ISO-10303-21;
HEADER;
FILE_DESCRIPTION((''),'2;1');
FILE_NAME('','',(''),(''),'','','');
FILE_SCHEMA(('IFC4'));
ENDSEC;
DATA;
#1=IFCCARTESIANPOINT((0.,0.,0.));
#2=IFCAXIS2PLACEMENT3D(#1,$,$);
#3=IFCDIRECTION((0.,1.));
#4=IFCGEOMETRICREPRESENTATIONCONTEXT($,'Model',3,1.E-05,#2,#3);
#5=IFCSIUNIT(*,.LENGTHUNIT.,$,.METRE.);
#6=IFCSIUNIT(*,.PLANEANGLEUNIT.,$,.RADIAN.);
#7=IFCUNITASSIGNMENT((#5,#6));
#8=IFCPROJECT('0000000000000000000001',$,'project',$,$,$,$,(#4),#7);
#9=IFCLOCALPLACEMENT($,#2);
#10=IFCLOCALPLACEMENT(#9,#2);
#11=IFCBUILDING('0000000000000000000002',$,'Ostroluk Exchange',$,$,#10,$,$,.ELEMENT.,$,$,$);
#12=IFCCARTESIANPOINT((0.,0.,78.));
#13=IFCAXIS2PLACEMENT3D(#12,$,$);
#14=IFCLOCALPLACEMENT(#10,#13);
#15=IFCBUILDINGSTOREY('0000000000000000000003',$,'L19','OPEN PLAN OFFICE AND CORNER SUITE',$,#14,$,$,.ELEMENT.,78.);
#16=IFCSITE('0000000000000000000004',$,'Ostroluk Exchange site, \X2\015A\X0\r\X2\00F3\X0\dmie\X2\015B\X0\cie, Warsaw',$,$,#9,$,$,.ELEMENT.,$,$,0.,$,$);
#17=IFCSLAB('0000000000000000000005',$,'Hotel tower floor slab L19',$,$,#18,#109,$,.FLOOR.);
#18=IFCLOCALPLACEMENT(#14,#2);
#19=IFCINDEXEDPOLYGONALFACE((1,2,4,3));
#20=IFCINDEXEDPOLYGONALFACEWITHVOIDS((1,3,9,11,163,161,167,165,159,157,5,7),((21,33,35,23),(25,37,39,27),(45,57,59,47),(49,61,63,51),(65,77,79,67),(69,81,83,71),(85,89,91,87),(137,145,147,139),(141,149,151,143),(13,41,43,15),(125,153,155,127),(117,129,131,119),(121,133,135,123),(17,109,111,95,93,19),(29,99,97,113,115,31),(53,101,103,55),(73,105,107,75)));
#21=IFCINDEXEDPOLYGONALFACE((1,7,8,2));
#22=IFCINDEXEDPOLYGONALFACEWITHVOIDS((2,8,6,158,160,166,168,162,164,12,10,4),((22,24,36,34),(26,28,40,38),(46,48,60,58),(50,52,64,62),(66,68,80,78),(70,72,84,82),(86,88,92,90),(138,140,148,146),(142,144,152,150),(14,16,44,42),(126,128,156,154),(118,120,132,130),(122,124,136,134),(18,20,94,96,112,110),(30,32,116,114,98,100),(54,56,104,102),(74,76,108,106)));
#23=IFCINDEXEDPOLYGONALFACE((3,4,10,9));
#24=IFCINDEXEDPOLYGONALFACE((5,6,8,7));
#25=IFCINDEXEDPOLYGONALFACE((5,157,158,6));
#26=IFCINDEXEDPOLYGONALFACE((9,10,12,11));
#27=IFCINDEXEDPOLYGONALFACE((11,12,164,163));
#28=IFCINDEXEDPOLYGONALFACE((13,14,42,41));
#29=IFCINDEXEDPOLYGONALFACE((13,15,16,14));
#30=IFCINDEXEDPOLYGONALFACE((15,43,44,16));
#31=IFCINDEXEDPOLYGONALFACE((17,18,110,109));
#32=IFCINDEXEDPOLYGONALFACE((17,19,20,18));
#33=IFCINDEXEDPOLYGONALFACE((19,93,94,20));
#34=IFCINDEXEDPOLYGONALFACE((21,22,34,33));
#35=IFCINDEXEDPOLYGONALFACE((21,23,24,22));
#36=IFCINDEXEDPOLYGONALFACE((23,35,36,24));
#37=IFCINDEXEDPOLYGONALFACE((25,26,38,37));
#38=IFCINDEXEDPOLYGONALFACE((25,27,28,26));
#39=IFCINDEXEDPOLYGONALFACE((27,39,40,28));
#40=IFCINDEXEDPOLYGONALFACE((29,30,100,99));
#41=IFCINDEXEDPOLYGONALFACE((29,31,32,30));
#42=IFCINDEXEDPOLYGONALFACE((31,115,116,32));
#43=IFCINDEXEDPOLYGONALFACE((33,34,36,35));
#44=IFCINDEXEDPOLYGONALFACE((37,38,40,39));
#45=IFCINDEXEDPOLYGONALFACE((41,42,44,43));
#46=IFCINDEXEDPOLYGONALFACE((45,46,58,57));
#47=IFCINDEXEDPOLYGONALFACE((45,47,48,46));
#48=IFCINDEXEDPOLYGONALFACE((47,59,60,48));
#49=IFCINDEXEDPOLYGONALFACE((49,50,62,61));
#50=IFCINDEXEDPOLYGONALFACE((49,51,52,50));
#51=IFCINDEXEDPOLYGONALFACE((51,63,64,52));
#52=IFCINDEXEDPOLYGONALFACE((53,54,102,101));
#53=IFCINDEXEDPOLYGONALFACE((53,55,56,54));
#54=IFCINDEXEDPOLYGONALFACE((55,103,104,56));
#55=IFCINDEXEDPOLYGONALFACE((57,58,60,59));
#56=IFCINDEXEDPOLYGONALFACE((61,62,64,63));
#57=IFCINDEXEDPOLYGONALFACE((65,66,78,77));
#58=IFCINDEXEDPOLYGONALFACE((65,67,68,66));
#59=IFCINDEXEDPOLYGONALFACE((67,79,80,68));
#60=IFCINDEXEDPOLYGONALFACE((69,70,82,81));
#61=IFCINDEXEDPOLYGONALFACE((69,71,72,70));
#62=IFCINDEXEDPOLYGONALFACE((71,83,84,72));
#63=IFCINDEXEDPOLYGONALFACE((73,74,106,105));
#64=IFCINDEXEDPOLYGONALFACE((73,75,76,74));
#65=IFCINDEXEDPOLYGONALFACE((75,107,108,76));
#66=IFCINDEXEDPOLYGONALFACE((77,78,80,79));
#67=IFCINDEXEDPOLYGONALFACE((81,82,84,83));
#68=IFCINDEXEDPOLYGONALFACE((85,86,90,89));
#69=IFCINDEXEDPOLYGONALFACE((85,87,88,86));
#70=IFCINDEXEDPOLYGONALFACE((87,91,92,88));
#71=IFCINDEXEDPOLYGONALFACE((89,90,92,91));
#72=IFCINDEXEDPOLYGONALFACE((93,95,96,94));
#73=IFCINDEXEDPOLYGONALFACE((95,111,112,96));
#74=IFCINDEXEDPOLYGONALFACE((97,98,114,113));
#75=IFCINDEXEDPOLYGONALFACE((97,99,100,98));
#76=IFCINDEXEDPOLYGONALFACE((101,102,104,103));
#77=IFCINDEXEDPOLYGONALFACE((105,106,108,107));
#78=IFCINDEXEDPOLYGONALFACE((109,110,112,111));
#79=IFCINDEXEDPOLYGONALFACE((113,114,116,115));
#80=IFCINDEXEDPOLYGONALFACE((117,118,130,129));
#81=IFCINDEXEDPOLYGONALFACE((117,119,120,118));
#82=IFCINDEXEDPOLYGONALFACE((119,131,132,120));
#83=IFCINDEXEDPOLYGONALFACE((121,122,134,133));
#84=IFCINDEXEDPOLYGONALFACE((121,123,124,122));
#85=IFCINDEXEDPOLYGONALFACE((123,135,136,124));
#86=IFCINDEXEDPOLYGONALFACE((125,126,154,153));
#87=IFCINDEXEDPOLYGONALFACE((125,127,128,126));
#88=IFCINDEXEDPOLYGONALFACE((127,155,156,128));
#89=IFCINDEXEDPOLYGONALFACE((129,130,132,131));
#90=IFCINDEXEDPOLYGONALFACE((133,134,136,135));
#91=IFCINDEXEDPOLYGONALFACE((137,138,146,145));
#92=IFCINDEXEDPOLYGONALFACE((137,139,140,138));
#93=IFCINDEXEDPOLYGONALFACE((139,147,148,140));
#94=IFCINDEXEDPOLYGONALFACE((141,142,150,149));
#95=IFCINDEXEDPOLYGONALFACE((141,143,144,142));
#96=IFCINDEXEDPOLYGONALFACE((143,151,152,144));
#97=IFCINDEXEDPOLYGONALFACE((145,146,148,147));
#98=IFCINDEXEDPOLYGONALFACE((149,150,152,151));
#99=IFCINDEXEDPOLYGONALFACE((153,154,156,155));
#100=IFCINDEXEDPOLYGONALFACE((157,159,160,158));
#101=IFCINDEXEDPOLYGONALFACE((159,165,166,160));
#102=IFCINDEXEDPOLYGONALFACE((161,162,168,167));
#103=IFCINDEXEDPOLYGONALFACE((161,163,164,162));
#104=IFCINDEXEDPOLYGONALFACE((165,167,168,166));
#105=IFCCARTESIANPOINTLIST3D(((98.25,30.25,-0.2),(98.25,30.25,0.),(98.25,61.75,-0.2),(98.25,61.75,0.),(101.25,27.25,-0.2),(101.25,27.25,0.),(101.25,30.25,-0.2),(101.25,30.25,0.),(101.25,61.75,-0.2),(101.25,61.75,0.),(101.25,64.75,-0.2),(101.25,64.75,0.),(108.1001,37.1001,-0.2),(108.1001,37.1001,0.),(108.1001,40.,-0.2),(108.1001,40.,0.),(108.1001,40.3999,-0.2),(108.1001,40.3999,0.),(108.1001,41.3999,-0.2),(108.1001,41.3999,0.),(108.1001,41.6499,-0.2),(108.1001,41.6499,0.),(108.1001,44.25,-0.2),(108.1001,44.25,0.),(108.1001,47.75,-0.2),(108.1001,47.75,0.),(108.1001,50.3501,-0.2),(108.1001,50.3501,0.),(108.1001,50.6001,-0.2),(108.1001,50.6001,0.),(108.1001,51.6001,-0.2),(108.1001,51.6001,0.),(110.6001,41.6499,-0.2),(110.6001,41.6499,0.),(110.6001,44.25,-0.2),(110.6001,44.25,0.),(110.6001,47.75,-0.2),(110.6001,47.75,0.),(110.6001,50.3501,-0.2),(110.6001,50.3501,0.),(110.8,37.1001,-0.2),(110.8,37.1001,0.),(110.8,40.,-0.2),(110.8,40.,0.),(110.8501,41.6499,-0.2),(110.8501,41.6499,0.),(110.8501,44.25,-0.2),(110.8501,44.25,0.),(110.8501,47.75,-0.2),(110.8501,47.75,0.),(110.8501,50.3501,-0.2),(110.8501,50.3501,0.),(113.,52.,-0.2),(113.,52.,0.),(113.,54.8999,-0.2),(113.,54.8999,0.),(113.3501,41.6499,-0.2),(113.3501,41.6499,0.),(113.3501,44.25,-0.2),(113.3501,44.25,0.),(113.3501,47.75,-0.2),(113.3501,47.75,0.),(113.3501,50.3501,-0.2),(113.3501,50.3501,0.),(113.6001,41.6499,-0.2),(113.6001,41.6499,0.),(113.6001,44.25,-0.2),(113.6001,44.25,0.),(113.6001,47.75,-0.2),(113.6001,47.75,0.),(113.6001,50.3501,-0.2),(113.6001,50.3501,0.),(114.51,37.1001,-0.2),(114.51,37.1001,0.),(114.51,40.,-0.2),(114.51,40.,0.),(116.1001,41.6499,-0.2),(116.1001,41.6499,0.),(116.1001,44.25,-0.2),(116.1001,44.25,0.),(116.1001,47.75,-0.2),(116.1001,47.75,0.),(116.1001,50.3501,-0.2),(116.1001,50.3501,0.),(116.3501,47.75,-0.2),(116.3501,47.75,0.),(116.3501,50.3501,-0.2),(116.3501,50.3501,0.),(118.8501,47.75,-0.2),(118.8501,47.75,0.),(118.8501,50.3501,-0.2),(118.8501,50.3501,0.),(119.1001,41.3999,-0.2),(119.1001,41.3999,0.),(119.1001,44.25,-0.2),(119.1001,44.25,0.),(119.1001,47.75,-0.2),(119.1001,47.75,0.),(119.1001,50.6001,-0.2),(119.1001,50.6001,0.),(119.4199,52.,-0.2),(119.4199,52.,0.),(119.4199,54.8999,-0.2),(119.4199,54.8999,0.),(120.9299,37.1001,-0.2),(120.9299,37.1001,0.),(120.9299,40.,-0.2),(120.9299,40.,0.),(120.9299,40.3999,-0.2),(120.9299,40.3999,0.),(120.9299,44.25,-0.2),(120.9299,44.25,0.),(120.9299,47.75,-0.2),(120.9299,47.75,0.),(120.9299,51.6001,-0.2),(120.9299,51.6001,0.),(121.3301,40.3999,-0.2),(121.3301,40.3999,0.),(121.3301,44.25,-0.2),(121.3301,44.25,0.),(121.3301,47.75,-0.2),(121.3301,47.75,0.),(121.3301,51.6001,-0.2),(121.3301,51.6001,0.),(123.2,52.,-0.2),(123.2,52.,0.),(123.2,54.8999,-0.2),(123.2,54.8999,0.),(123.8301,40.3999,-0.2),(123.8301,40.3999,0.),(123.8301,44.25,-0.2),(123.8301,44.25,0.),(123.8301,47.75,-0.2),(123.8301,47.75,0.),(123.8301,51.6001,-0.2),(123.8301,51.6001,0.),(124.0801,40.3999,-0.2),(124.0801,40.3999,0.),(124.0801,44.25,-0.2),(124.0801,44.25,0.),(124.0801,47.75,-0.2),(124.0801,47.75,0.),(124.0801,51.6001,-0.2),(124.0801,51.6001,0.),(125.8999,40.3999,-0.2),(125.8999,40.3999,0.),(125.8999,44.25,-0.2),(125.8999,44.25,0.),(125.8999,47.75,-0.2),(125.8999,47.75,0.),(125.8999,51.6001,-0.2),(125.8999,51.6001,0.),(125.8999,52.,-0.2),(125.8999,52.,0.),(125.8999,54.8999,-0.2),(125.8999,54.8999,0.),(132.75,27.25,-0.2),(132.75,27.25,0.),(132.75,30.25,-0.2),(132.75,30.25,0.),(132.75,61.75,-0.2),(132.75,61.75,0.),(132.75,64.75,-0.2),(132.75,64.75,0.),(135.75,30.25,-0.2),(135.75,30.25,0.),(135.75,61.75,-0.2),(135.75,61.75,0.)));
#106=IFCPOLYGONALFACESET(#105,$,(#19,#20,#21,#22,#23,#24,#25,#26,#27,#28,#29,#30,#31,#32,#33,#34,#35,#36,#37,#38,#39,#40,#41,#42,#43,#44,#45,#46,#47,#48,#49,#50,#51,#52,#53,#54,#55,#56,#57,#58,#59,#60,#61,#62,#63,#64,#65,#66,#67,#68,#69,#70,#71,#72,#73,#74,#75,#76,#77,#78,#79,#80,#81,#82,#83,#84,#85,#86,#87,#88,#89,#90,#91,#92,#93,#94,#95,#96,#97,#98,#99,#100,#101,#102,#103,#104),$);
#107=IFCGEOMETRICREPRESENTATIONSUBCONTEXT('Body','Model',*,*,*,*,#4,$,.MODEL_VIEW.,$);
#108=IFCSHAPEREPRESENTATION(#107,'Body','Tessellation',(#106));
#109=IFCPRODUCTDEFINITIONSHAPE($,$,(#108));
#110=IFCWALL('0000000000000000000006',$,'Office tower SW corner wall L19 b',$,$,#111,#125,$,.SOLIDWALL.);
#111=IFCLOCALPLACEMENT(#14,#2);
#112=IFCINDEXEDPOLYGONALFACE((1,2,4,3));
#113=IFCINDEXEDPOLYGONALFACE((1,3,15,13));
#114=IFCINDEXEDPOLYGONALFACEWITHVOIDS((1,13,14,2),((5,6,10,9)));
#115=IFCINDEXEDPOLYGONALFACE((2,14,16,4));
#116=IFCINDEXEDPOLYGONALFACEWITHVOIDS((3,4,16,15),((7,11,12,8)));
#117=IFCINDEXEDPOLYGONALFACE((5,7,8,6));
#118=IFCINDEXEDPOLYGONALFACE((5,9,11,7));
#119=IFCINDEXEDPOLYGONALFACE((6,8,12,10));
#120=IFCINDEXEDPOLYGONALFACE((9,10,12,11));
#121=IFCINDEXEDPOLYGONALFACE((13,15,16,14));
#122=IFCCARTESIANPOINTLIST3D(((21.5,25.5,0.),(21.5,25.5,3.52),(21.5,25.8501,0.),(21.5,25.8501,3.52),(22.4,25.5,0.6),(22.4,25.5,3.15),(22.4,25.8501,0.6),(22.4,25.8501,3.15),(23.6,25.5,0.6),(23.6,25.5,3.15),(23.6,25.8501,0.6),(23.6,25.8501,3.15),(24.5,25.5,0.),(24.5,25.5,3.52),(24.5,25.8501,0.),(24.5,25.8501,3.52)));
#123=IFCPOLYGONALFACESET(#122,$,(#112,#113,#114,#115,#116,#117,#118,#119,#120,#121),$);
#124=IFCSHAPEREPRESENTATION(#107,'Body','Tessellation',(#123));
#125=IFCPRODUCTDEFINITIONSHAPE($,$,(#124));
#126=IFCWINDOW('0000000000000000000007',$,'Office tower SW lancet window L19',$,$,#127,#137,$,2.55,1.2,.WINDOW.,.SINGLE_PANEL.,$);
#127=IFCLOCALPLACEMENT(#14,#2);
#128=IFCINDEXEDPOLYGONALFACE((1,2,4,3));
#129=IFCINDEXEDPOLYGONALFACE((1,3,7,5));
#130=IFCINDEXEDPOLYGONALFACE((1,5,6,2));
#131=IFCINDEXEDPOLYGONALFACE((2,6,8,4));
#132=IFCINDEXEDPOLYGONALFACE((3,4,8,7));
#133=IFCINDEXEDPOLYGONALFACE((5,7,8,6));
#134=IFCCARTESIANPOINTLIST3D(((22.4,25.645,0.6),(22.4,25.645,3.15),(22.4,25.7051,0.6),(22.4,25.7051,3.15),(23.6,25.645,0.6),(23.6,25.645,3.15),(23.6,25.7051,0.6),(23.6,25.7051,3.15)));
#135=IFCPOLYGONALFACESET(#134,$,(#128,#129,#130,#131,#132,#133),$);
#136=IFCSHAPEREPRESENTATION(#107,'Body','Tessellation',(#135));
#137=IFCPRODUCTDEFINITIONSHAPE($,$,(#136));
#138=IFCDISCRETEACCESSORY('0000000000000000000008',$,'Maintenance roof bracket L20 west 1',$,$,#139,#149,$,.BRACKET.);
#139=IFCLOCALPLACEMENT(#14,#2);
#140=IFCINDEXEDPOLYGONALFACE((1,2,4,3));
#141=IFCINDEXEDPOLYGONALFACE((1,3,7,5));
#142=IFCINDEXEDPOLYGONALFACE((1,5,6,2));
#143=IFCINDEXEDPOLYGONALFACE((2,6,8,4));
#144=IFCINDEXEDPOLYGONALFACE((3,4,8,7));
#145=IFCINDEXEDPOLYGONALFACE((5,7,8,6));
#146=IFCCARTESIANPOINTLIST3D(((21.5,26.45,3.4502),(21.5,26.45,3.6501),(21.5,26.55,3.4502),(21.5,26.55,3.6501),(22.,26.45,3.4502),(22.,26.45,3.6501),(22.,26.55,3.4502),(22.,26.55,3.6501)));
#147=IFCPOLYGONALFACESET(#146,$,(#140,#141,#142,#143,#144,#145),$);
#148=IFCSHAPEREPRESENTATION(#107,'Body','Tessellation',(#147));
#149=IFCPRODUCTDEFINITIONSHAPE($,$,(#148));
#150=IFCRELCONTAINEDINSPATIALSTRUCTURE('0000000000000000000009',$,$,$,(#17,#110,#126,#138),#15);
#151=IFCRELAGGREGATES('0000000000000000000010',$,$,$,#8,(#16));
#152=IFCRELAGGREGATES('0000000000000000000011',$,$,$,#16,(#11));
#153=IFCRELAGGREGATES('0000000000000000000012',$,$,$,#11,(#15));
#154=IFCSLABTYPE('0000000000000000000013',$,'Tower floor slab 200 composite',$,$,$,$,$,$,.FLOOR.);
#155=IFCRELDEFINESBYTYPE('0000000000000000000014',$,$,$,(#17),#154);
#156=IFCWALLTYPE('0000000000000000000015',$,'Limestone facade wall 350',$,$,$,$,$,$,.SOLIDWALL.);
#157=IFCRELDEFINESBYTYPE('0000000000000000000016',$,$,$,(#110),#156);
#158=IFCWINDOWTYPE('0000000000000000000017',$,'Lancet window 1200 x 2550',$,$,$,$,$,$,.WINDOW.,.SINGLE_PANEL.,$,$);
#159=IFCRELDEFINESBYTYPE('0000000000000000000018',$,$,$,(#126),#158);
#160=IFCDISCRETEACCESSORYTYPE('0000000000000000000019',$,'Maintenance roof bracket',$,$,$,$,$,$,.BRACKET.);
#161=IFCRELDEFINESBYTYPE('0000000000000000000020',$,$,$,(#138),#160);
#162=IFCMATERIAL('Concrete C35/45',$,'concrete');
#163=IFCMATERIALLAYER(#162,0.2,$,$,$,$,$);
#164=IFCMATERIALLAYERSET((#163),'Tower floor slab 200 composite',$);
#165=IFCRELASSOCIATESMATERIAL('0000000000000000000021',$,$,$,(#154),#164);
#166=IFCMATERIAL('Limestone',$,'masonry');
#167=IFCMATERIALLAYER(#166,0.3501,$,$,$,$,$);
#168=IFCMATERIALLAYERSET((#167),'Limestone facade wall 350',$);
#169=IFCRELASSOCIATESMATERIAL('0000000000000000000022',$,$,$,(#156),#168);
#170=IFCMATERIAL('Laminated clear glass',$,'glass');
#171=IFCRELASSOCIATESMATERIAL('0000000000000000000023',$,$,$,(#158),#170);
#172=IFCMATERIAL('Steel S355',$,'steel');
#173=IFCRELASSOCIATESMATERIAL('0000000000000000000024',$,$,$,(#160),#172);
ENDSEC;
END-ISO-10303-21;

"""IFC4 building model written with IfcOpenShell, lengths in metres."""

from ifc_helpers import new_model, si_unit, direction, frame, frame_2d, origin, origin_2d, place, context, subcontext, project, spatial, polyline, rectangle, outline, extrude, material, layer, layer_set, type_object, element, fill, save


model = new_model("IFC4")

# Units and contexts
model_context = context("Model", 3, precision=1e-05, world=origin(), true_north=direction((0.0, 1.0)))
body_context = subcontext(model_context, "Body", "Model", "MODEL_VIEW")
ifc_project = project(units=[si_unit("LENGTHUNIT", "METRE"), si_unit("PLANEANGLEUNIT", "RADIAN")], contexts=[model_context])

# Site, building, storey
site_placement = place(None, origin())
site = spatial("IfcSite", under=ifc_project, at=site_placement, Name="Ostroluk Exchange site, Śródmieście, Warsaw", CompositionType="ELEMENT", RefElevation=0.0)
building_placement = place(site_placement, origin())
building = spatial("IfcBuilding", under=site, at=building_placement, Name="Ostroluk Exchange", CompositionType="ELEMENT")
storey_placement = place(building_placement, frame((0.0, 0.0, 78.0)))
storey = spatial("IfcBuildingStorey", under=building, at=storey_placement, Name="L19", Description="OPEN PLAN OFFICE AND CORNER SUITE", CompositionType="ELEMENT", Elevation=78.0)

# Slab
ifc_material_1 = material(Name="Concrete C35/45", Category="concrete")
ifc_layer_1 = layer(ifc_material_1, 0.2)
ifc_layer_set_1 = layer_set([ifc_layer_1], Name="Tower floor slab 200 composite")
slab_type_1 = type_object("IfcSlabType", Name="Tower floor slab 200 composite", PredefinedType="FLOOR", material=ifc_layer_set_1)
slab_1_placement = place(storey_placement, frame((0.0, 0.0, -0.2)))
element("IfcSlab", 1, at=slab_1_placement, inside=storey, type_object=slab_type_1, Name="Hotel tower floor slab L19", PredefinedType="FLOOR", context=body_context, shape_type="SweptSolid", body=[
    extrude(outline(polyline([(101.25, 27.25), (132.75, 27.25), (132.75, 30.25), (135.75, 30.25), (135.75, 61.75), (132.75, 61.75), (132.75, 64.75), (101.25, 64.75), (101.25, 61.75), (98.25, 61.75), (98.25, 30.25), (101.25, 30.25), (101.25, 27.25)]), holes=[polyline([(108.1001, 37.1001), (110.8, 37.1001), (110.8, 40.0), (108.1001, 40.0), (108.1001, 37.1001)]), polyline([(114.51, 37.1001), (120.9299, 37.1001), (120.9299, 40.0), (114.51, 40.0), (114.51, 37.1001)]), polyline([(113.0, 52.0), (119.4199, 52.0), (119.4199, 54.8999), (113.0, 54.8999), (113.0, 52.0)]), polyline([(123.2, 52.0), (125.8999, 52.0), (125.8999, 54.8999), (123.2, 54.8999), (123.2, 52.0)]), polyline([(108.1001, 47.75), (110.6001, 47.75), (110.6001, 50.3501), (108.1001, 50.3501), (108.1001, 47.75)]), polyline([(110.8501, 47.75), (113.3501, 47.75), (113.3501, 50.3501), (110.8501, 50.3501), (110.8501, 47.75)]), polyline([(113.6001, 47.75), (116.1001, 47.75), (116.1001, 50.3501), (113.6001, 50.3501), (113.6001, 47.75)]), polyline([(116.3501, 47.75), (118.8501, 47.75), (118.8501, 50.3501), (116.3501, 50.3501), (116.3501, 47.75)]), polyline([(108.1001, 41.6499), (110.6001, 41.6499), (110.6001, 44.25), (108.1001, 44.25), (108.1001, 41.6499)]), polyline([(110.8501, 41.6499), (113.3501, 41.6499), (113.3501, 44.25), (110.8501, 44.25), (110.8501, 41.6499)]), polyline([(113.6001, 41.6499), (116.1001, 41.6499), (116.1001, 44.25), (113.6001, 44.25), (113.6001, 41.6499)]), polyline([(121.3301, 47.75), (123.8301, 47.75), (123.8301, 51.6001), (121.3301, 51.6001), (121.3301, 47.75)]), polyline([(121.3301, 40.3999), (123.8301, 40.3999), (123.8301, 44.25), (121.3301, 44.25), (121.3301, 40.3999)]), polyline([(120.9299, 51.6001), (120.9299, 47.75), (119.1001, 47.75), (119.1001, 50.6001), (108.1001, 50.6001), (108.1001, 51.6001), (120.9299, 51.6001)]), polyline([(108.1001, 40.3999), (108.1001, 41.3999), (119.1001, 41.3999), (119.1001, 44.25), (120.9299, 44.25), (120.9299, 40.3999), (108.1001, 40.3999)]), polyline([(124.0801, 47.75), (125.8999, 47.75), (125.8999, 51.6001), (124.0801, 51.6001), (124.0801, 47.75)]), polyline([(124.0801, 40.3999), (125.8999, 40.3999), (125.8999, 44.25), (124.0801, 44.25), (124.0801, 40.3999)])]), origin(), (0.0, 0.0, 1.0), 0.2),
])

# Wall, opening, window
ifc_material_2 = material(Name="Limestone", Category="masonry")
ifc_layer_2 = layer(ifc_material_2, 0.3501)
ifc_layer_set_2 = layer_set([ifc_layer_2], Name="Limestone facade wall 350")
wall_type = type_object("IfcWallType", Name="Limestone facade wall 350", PredefinedType="SOLIDWALL", material=ifc_layer_set_2)
wall_placement = place(storey_placement, frame((24.5, 25.675, 0.0), z_axis=(0.0, 0.0, 1.0), x_axis=(-1.0, 0.0, 0.0)))
wall = element("IfcWall", 2, at=wall_placement, inside=storey, type_object=wall_type, Name="Office tower SW corner wall L19 b", PredefinedType="SOLIDWALL", context=body_context, shape_type="SweptSolid", body=[
    extrude(rectangle(XDim=3.0, YDim=0.3501, at=frame_2d((1.5, 0.0))), origin(), (0.0, 0.0, 1.0), 3.52),
])
opening_placement = place(wall_placement, frame((0.8999, 0.0, 0.6001)))
opening = element("IfcOpeningElement", 3, at=opening_placement, cuts=wall, PredefinedType="OPENING", context=body_context, shape_type="SweptSolid", body=[
    extrude(rectangle(XDim=1.2, YDim=2.55, at=frame_2d((0.6001, 1.2749))), frame((0.0, 0.1851, 0.0), z_axis=(0.0, -1.0, 0.0), x_axis=(1.0, 0.0, 0.0)), (0.0, 0.0, 1.0), 0.3701),
])
ifc_material_3 = material(Name="Laminated clear glass", Category="glass")
window_type = type_object("IfcWindowType", Name="Lancet window 1200 x 2550", PartitioningType="SINGLE_PANEL", PredefinedType="WINDOW", material=ifc_material_3)
window_placement = place(opening_placement, origin())
window = element("IfcWindow", 4, at=window_placement, inside=storey, type_object=window_type, Name="Office tower SW lancet window L19", OverallHeight=2.55, OverallWidth=1.2, PartitioningType="SINGLE_PANEL", PredefinedType="WINDOW", context=body_context, shape_type="SweptSolid", body=[
    extrude(rectangle(XDim=1.2, YDim=2.55, at=frame_2d((0.6001, 1.2749))), frame((0.0, 0.03, 0.0), z_axis=(0.0, -1.0, 0.0), x_axis=(1.0, 0.0, 0.0)), (0.0, 0.0, 1.0), 0.0601),
])
fill(opening, window)

# Discrete accessory
ifc_material_4 = material(Name="Steel S355", Category="steel")
discrete_accessory_type = type_object("IfcDiscreteAccessoryType", Name="Maintenance roof bracket", PredefinedType="BRACKET", material=ifc_material_4)
discrete_accessory_placement = place(storey_placement, frame((21.75, 26.5, 3.4502), z_axis=(0.0, 0.0, 1.0), x_axis=(1.0, 0.0, 0.0)))
element("IfcDiscreteAccessory", 5, at=discrete_accessory_placement, inside=storey, type_object=discrete_accessory_type, Name="Maintenance roof bracket L20 west 1", PredefinedType="BRACKET", context=body_context, shape_type="SweptSolid", body=[
    extrude(rectangle(XDim=0.5, YDim=0.1001, at=origin_2d()), origin(), (0.0, 0.0, 1.0), 0.2),
])

save(model, "model.ifc")
